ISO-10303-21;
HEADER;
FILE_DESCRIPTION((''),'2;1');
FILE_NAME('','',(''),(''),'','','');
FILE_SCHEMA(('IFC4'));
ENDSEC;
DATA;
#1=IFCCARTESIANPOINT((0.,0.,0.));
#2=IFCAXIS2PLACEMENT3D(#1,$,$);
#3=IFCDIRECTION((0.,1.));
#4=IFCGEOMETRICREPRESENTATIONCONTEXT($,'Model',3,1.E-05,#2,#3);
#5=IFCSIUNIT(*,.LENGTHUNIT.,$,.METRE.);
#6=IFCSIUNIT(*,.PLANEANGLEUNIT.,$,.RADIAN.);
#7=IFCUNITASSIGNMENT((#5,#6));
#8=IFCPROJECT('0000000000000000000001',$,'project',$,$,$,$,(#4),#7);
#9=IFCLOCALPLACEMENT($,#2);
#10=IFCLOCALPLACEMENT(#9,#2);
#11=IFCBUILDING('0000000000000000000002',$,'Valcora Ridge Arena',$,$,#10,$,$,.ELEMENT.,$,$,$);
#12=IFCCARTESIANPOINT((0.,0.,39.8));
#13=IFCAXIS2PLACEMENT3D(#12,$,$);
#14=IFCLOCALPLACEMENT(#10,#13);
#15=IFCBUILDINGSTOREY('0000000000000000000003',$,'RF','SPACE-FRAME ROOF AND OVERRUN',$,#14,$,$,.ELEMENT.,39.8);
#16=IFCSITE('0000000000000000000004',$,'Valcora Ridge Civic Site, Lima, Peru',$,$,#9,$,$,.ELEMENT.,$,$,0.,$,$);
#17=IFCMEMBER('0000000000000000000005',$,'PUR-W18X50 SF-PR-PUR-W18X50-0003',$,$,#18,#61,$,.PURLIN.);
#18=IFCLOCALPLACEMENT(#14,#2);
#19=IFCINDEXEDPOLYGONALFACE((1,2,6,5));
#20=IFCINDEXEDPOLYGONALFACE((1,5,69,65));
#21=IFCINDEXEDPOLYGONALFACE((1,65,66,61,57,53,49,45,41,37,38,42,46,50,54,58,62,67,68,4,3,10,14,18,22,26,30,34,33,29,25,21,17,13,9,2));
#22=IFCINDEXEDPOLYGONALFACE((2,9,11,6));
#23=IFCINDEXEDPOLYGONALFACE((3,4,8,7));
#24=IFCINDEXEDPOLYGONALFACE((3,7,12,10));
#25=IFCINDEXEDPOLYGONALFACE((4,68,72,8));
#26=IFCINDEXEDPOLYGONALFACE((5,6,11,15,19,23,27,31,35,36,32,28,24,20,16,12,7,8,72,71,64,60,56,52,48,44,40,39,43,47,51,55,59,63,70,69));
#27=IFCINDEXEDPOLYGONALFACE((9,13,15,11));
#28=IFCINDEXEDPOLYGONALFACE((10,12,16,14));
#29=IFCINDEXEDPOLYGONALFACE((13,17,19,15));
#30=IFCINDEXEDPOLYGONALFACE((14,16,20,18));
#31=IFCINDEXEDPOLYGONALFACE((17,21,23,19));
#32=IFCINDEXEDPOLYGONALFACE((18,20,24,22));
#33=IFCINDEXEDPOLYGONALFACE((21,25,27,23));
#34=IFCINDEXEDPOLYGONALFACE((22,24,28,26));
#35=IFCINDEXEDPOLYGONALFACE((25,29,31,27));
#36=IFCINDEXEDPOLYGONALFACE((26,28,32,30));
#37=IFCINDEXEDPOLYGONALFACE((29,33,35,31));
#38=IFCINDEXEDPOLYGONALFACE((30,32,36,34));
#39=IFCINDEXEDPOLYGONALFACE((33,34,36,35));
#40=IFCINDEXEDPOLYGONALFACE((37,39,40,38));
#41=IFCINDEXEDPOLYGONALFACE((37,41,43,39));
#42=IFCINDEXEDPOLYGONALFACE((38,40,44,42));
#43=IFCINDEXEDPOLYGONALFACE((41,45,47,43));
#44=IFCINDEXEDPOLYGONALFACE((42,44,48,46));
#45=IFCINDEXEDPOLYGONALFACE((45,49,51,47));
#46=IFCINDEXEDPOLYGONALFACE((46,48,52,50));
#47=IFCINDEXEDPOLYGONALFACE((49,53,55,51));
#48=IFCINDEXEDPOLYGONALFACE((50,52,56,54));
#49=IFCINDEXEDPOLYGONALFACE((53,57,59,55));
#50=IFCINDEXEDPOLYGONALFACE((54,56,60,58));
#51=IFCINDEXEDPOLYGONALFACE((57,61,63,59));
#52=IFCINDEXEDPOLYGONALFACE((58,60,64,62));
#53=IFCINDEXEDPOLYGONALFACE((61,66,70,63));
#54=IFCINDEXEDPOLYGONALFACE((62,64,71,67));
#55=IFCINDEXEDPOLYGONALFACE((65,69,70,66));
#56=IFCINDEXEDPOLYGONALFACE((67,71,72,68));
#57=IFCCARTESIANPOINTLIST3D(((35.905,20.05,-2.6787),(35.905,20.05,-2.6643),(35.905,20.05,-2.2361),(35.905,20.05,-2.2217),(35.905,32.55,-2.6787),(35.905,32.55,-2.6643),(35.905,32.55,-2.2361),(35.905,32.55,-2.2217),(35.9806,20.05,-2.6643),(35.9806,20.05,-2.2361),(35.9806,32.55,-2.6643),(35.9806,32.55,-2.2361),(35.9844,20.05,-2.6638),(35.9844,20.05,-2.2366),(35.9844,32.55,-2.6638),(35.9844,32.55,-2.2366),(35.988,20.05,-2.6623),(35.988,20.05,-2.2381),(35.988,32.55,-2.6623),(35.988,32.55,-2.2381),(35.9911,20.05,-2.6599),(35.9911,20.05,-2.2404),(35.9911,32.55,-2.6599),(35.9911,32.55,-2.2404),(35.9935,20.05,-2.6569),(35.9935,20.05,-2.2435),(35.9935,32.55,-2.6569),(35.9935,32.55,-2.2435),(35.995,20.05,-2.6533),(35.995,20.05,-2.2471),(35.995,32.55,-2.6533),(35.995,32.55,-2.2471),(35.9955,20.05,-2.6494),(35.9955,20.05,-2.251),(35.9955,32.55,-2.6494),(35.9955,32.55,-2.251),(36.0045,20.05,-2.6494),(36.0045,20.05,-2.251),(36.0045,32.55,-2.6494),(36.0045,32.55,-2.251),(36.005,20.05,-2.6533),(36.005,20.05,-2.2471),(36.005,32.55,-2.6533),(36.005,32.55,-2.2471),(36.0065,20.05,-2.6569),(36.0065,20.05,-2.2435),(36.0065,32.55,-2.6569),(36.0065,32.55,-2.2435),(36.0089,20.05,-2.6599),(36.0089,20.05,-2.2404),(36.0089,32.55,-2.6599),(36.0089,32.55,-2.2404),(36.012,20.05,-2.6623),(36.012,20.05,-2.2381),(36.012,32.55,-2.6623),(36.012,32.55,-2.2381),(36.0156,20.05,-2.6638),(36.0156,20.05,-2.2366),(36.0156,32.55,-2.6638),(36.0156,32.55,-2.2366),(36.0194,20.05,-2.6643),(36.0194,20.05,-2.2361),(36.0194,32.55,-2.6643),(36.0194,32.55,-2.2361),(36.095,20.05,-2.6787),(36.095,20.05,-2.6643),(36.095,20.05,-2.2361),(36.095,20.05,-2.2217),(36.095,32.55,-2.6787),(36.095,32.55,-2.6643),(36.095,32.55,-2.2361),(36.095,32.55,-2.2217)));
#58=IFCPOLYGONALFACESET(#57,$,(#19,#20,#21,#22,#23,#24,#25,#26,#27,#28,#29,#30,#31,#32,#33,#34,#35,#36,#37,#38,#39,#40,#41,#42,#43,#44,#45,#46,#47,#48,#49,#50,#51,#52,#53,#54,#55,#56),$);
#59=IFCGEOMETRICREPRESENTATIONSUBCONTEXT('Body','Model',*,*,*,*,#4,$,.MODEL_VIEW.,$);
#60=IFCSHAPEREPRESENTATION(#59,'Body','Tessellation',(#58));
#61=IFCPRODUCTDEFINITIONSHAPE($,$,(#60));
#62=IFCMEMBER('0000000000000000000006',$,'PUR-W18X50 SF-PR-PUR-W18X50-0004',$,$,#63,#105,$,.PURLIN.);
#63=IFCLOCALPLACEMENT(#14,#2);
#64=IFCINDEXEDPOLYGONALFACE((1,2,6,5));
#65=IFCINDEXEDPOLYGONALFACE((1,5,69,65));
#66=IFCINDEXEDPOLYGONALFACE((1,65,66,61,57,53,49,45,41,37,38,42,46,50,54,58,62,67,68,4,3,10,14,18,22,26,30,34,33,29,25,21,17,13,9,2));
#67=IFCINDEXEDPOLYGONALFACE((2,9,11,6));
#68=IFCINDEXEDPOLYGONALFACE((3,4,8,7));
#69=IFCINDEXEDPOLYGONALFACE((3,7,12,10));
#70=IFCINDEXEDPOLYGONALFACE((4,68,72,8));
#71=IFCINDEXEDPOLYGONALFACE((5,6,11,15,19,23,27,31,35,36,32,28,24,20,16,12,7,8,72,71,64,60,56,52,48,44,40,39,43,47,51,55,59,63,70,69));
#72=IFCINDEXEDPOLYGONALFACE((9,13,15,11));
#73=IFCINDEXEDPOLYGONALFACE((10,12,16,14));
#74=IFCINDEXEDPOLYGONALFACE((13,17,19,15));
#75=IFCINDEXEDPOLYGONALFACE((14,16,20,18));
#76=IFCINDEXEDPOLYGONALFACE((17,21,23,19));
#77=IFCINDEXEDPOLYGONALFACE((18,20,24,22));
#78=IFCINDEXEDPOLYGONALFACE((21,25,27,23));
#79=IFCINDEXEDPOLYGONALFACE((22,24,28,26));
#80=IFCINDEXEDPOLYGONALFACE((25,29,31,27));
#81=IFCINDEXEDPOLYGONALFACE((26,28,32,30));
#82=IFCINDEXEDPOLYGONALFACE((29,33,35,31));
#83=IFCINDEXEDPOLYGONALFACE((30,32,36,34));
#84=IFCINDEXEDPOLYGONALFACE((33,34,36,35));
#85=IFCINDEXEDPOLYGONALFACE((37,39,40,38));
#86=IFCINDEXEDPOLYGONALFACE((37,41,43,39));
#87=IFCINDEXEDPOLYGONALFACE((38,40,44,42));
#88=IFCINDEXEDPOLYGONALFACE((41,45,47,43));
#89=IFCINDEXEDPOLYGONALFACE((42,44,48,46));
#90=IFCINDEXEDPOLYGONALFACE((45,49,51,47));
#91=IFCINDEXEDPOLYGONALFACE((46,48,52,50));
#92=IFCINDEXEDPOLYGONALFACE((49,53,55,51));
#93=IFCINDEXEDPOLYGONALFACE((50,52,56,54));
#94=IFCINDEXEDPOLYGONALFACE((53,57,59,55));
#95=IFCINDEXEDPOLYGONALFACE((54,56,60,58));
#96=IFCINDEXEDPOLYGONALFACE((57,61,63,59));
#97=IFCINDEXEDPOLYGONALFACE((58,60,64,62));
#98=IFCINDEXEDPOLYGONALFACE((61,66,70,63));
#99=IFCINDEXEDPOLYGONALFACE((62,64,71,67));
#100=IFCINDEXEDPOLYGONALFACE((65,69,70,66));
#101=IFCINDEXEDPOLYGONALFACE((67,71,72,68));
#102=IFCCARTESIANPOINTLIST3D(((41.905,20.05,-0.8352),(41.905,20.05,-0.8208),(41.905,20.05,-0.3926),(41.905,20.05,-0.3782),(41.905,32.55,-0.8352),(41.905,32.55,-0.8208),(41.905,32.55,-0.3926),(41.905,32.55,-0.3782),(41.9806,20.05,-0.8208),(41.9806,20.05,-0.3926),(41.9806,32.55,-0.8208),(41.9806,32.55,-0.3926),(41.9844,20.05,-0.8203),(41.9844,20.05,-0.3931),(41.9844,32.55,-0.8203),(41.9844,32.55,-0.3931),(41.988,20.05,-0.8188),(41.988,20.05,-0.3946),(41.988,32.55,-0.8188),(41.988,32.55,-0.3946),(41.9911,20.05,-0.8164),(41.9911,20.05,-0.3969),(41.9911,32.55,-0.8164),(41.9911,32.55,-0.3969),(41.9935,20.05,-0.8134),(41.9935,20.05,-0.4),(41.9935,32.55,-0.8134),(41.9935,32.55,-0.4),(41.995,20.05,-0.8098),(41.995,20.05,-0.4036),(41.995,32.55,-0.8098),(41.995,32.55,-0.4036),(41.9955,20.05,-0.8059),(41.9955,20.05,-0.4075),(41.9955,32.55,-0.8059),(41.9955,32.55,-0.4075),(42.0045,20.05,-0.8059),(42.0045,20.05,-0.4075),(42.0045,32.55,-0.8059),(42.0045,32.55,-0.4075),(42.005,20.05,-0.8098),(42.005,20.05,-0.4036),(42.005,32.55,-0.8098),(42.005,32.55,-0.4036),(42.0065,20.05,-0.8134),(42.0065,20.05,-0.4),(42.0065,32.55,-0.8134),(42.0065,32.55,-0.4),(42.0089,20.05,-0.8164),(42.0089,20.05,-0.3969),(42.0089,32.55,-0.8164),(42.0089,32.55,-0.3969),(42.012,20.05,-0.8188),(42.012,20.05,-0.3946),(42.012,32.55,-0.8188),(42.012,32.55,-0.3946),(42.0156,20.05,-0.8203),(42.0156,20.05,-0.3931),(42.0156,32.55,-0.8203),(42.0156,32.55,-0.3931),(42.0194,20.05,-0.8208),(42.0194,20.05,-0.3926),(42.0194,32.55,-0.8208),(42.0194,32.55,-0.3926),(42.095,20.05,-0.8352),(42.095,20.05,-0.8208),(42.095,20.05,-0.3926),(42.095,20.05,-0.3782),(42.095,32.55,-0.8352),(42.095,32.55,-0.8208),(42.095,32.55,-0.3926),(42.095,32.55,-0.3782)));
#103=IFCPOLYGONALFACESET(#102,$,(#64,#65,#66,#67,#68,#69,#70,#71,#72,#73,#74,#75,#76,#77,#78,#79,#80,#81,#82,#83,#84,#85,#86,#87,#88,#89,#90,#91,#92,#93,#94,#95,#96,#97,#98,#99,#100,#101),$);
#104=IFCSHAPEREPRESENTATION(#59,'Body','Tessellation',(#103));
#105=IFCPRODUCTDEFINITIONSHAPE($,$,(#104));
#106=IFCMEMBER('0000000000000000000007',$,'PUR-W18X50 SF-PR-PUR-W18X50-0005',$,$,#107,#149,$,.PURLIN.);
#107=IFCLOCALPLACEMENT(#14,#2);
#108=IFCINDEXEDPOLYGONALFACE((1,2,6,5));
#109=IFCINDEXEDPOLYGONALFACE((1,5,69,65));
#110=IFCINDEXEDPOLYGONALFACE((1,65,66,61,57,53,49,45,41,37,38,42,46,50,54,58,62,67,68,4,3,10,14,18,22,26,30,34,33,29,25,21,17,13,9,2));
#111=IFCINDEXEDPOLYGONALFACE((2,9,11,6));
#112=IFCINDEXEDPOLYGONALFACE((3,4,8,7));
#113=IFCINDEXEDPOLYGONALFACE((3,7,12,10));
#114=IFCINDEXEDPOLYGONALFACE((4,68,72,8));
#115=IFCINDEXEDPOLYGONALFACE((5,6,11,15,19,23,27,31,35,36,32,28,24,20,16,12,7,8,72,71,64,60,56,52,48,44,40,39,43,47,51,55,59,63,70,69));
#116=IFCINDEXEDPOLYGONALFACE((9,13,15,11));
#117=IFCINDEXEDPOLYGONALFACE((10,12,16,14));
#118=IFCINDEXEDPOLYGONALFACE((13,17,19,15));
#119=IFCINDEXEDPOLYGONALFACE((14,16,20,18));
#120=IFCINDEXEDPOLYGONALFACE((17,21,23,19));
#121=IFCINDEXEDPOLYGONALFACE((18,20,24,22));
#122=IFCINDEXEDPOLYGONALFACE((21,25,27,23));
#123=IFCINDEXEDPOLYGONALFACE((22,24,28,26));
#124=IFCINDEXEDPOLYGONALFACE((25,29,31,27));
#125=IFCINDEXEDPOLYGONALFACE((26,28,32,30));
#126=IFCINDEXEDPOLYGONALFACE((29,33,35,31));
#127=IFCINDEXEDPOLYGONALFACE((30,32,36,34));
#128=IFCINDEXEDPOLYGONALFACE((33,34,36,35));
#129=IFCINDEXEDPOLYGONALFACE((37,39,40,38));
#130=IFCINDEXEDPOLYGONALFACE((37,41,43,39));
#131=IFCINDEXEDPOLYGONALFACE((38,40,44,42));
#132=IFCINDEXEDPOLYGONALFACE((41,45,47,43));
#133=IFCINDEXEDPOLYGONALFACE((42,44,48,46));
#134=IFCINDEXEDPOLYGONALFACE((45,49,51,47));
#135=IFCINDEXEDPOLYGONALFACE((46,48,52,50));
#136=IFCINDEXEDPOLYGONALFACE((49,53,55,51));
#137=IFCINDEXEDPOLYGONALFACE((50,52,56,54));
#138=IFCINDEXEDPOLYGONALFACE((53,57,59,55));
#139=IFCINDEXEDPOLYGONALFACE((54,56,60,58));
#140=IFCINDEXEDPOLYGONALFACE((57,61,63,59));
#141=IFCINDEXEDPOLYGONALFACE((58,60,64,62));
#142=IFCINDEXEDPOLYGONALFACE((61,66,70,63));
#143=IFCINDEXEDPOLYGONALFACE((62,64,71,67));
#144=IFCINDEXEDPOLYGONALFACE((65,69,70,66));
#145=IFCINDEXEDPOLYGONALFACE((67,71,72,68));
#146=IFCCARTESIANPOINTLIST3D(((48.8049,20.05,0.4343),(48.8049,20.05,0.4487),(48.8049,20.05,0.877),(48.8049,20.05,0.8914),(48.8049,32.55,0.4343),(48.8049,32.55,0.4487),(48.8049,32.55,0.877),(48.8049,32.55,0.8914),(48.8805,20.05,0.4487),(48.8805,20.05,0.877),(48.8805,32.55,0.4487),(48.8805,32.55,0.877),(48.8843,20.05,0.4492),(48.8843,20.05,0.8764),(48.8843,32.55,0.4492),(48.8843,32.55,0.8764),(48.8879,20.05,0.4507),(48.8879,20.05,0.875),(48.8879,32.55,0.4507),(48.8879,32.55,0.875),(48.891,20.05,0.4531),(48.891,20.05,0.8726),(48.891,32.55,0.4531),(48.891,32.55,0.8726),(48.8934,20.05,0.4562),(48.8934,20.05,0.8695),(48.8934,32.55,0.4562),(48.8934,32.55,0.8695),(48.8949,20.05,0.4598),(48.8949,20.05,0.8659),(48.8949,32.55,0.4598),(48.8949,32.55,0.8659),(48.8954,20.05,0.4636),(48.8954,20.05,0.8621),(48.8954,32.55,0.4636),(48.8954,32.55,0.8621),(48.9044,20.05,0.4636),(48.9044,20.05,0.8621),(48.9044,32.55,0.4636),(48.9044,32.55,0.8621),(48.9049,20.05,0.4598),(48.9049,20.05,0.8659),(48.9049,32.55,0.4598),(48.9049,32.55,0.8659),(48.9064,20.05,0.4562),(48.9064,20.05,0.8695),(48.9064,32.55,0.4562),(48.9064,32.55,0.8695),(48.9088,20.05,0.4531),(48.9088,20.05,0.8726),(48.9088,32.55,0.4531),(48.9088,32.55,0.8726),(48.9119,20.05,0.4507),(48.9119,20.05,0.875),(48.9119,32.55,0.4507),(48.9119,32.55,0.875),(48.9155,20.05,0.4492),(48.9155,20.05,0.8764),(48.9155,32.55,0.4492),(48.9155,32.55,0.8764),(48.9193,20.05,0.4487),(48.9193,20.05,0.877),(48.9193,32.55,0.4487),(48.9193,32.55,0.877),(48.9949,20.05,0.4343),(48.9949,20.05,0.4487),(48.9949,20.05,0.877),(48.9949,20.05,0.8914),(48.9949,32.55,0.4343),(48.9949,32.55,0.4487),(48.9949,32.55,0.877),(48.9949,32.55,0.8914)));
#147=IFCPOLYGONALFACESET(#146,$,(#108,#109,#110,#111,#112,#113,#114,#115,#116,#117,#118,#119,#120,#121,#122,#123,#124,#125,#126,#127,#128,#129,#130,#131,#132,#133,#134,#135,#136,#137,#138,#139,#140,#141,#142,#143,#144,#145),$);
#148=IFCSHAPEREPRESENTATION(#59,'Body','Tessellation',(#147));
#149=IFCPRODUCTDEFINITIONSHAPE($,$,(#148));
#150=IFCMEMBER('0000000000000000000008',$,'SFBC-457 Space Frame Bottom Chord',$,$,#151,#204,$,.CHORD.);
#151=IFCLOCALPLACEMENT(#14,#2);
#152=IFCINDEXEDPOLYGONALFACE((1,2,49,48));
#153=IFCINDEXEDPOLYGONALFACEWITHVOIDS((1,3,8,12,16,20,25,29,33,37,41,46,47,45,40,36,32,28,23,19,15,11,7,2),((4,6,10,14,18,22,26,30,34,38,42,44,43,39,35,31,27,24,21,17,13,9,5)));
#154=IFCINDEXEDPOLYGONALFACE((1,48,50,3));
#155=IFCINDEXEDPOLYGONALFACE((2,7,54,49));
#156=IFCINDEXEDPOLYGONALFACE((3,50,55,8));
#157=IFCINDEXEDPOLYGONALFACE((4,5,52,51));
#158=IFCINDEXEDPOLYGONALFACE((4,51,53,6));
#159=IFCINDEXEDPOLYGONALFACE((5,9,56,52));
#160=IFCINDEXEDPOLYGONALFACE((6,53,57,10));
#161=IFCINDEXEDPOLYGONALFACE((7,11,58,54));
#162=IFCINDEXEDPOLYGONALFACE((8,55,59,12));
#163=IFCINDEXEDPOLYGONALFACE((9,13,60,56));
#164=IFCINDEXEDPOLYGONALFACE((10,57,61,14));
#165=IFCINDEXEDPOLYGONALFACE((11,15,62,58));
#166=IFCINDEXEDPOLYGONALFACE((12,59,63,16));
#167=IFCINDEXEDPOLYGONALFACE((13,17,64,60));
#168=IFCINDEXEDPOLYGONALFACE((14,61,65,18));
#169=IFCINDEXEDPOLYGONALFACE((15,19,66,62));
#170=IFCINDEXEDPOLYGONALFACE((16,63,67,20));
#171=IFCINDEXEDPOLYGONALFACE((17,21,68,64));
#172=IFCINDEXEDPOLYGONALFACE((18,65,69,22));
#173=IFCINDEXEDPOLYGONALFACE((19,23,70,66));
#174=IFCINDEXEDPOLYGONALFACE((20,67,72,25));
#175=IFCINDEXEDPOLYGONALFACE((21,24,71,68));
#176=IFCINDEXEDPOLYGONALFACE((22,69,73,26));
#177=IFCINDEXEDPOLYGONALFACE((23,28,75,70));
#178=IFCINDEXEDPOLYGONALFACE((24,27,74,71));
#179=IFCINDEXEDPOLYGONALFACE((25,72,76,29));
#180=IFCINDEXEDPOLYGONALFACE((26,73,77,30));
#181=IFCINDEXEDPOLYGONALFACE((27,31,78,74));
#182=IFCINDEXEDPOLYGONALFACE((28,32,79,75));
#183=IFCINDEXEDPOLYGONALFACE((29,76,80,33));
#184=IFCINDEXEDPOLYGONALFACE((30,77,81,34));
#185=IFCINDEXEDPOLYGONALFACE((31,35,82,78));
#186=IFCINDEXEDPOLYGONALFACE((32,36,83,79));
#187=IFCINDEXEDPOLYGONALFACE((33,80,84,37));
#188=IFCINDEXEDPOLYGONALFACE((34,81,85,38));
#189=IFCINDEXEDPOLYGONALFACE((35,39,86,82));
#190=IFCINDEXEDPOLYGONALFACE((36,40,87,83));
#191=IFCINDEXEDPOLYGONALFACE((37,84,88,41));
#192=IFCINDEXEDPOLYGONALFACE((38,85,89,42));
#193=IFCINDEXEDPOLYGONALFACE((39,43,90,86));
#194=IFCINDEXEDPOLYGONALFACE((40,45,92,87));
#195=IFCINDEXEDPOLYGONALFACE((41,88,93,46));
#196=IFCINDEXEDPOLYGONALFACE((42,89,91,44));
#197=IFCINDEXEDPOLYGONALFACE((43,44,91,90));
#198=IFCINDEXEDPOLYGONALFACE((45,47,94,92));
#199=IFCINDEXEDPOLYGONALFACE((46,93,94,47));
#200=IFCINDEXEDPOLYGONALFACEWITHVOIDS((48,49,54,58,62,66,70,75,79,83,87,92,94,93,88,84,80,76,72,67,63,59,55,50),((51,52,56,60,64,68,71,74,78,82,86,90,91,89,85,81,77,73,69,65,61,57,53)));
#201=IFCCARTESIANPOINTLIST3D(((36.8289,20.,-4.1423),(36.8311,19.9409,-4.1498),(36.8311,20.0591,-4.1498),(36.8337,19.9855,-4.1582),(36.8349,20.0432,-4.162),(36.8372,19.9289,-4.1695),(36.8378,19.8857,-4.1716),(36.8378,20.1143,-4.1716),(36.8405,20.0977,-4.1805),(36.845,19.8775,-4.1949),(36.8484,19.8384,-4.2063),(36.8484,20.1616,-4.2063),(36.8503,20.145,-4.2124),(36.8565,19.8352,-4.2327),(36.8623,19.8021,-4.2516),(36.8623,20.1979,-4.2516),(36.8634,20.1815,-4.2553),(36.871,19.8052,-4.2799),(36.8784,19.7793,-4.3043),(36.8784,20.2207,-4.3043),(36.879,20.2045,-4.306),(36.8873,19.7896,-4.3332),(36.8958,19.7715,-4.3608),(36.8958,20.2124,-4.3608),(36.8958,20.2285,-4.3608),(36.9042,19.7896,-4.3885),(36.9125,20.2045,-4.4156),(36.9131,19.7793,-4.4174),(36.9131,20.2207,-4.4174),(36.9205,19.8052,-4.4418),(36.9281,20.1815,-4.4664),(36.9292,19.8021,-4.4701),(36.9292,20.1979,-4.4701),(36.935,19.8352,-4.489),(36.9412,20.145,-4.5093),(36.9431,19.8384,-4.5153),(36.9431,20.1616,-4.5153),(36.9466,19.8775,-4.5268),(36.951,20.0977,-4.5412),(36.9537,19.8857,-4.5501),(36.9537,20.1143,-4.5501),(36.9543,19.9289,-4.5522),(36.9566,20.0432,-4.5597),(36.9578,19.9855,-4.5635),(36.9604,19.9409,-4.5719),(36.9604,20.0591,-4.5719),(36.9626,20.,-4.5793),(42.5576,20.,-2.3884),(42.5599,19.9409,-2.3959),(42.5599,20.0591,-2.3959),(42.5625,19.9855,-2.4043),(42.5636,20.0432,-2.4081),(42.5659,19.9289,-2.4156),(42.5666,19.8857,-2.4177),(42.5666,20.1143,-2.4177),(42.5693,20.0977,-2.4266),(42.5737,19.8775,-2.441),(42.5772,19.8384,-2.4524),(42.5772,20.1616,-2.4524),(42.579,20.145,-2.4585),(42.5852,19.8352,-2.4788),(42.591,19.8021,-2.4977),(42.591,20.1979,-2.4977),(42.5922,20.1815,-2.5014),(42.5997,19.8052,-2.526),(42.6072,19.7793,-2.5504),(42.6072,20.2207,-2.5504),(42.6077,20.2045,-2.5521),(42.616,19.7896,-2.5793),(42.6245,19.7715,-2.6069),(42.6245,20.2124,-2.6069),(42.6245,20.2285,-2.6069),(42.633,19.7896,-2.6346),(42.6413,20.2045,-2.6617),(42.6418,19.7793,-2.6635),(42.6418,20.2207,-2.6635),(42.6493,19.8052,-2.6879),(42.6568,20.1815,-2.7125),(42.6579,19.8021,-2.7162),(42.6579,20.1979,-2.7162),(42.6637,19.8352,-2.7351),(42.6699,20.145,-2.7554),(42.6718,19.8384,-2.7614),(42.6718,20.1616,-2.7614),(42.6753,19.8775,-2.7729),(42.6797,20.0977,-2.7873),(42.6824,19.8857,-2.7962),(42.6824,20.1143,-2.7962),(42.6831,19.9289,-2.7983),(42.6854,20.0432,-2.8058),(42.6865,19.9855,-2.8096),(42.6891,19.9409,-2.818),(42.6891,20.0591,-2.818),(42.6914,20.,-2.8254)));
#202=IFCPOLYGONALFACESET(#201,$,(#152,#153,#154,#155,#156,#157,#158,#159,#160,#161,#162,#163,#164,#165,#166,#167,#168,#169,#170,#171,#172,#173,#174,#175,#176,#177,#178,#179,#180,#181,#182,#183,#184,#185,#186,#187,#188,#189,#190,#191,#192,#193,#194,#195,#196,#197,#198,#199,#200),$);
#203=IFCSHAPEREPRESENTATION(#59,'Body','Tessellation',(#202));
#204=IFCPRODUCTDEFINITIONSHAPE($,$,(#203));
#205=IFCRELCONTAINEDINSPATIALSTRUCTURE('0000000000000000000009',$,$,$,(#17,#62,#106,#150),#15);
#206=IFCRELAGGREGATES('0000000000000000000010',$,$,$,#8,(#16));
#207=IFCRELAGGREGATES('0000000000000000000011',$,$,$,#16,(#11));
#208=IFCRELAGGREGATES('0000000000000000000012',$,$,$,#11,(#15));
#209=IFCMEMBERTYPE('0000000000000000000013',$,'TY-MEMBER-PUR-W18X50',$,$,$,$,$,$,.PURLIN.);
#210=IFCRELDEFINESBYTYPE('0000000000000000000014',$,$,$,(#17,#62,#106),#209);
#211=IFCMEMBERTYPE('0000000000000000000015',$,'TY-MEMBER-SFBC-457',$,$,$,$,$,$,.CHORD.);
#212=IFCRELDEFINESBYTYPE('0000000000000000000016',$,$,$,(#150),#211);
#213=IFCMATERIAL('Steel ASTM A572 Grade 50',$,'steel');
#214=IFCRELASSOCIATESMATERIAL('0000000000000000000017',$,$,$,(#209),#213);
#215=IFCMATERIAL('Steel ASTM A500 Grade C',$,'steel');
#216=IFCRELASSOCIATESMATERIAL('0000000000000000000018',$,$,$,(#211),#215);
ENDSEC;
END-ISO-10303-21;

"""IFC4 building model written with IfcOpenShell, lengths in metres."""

from ifc_helpers import new_model, si_unit, direction, frame, origin, origin_2d, place, context, subcontext, project, spatial, hollow_circle, i_section, extrude, material, material_profile, profile_set, type_object, element, save


model = new_model("IFC4")

# Units and contexts
model_context = context("Model", 3, precision=1e-05, world=origin(), true_north=direction((0.0, 1.0)))
body_context = subcontext(model_context, "Body", "Model", "MODEL_VIEW")
ifc_project = project(units=[si_unit("LENGTHUNIT", "METRE"), si_unit("PLANEANGLEUNIT", "RADIAN")], contexts=[model_context])

# Site, building, storey
site_placement = place(None, origin())
site = spatial("IfcSite", under=ifc_project, at=site_placement, Name="Valcora Ridge Civic Site, Lima, Peru", CompositionType="ELEMENT", RefElevation=0.0)
building_placement = place(site_placement, origin())
building = spatial("IfcBuilding", under=site, at=building_placement, Name="Valcora Ridge Arena", CompositionType="ELEMENT")
storey_placement = place(building_placement, frame((0.0, 0.0, 39.8)))
storey = spatial("IfcBuildingStorey", under=building, at=storey_placement, Name="RF", Description="SPACE-FRAME ROOF AND OVERRUN", CompositionType="ELEMENT", Elevation=39.8)

# Members
ifc_material_1 = material(Name="Steel ASTM A572 Grade 50", Category="steel")
ifc_material_profile_1 = material_profile(ifc_material_1, i_section(OverallWidth=0.1899, OverallDepth=0.457, WebThickness=0.009, FlangeThickness=0.0144, FilletRadius=0.0149, at=origin_2d()), Name="W18X50")
ifc_profile_set_1 = profile_set([ifc_material_profile_1], Name="Steel ASTM A572 Grade 50")
member_type_1 = type_object("IfcMemberType", Name="TY-MEMBER-PUR-W18X50", PredefinedType="PURLIN", material=ifc_profile_set_1)
for number, where, z_axis, x_axis, name in (
    (1, (36.0, 20.05, -2.4502), (0.0, 1.0, 0.0), (-1.0, 0.0, 0.0), "PUR-W18X50 SF-PR-PUR-W18X50-0003"),
    (2, (42.0, 20.05, -0.6067), (0.0, 1.0, 0.0), (-1.0, 0.0, 0.0), "PUR-W18X50 SF-PR-PUR-W18X50-0004"),
    (3, (48.8999, 20.05, 0.6628), (0.0, 1.0, 0.0), (-1.0, 0.0, 0.0), "PUR-W18X50 SF-PR-PUR-W18X50-0005"),
):
    element("IfcMember", number, at=place(storey_placement, frame(where, z_axis=z_axis, x_axis=x_axis)), inside=storey, type_object=member_type_1, Name=name, PredefinedType="PURLIN", context=body_context, shape_type="SweptSolid", body=[
        extrude(i_section(OverallWidth=0.1899, OverallDepth=0.457, WebThickness=0.009, FlangeThickness=0.0144, FilletRadius=0.0149, at=origin_2d()), origin(), (0.0, 0.0, 1.0), 12.5),
    ])
ifc_material_2 = material(Name="Steel ASTM A500 Grade C", Category="steel")
ifc_material_profile_2 = material_profile(ifc_material_2, hollow_circle(Radius=0.2285, WallThickness=0.0161, at=origin_2d()), Name="CHS457X16")
ifc_profile_set_2 = profile_set([ifc_material_profile_2], Name="Steel ASTM A500 Grade C")
member_type_2 = type_object("IfcMemberType", Name="TY-MEMBER-SFBC-457", PredefinedType="CHORD", material=ifc_profile_set_2)
member_1_placement = place(storey_placement, frame((36.8958, 20.0, -4.3608), z_axis=(0.95619, 0.0, 0.292745), x_axis=(0.0, 1.0, 0.0)))
element("IfcMember", 4, at=member_1_placement, inside=storey, type_object=member_type_2, Name="SFBC-457 Space Frame Bottom Chord", PredefinedType="CHORD", context=body_context, shape_type="SweptSolid", body=[
    extrude(hollow_circle(Radius=0.2285, WallThickness=0.0161, at=origin_2d()), origin(), (0.0, 0.0, 1.0), 5.9912),
])

save(model, "model.ifc")
